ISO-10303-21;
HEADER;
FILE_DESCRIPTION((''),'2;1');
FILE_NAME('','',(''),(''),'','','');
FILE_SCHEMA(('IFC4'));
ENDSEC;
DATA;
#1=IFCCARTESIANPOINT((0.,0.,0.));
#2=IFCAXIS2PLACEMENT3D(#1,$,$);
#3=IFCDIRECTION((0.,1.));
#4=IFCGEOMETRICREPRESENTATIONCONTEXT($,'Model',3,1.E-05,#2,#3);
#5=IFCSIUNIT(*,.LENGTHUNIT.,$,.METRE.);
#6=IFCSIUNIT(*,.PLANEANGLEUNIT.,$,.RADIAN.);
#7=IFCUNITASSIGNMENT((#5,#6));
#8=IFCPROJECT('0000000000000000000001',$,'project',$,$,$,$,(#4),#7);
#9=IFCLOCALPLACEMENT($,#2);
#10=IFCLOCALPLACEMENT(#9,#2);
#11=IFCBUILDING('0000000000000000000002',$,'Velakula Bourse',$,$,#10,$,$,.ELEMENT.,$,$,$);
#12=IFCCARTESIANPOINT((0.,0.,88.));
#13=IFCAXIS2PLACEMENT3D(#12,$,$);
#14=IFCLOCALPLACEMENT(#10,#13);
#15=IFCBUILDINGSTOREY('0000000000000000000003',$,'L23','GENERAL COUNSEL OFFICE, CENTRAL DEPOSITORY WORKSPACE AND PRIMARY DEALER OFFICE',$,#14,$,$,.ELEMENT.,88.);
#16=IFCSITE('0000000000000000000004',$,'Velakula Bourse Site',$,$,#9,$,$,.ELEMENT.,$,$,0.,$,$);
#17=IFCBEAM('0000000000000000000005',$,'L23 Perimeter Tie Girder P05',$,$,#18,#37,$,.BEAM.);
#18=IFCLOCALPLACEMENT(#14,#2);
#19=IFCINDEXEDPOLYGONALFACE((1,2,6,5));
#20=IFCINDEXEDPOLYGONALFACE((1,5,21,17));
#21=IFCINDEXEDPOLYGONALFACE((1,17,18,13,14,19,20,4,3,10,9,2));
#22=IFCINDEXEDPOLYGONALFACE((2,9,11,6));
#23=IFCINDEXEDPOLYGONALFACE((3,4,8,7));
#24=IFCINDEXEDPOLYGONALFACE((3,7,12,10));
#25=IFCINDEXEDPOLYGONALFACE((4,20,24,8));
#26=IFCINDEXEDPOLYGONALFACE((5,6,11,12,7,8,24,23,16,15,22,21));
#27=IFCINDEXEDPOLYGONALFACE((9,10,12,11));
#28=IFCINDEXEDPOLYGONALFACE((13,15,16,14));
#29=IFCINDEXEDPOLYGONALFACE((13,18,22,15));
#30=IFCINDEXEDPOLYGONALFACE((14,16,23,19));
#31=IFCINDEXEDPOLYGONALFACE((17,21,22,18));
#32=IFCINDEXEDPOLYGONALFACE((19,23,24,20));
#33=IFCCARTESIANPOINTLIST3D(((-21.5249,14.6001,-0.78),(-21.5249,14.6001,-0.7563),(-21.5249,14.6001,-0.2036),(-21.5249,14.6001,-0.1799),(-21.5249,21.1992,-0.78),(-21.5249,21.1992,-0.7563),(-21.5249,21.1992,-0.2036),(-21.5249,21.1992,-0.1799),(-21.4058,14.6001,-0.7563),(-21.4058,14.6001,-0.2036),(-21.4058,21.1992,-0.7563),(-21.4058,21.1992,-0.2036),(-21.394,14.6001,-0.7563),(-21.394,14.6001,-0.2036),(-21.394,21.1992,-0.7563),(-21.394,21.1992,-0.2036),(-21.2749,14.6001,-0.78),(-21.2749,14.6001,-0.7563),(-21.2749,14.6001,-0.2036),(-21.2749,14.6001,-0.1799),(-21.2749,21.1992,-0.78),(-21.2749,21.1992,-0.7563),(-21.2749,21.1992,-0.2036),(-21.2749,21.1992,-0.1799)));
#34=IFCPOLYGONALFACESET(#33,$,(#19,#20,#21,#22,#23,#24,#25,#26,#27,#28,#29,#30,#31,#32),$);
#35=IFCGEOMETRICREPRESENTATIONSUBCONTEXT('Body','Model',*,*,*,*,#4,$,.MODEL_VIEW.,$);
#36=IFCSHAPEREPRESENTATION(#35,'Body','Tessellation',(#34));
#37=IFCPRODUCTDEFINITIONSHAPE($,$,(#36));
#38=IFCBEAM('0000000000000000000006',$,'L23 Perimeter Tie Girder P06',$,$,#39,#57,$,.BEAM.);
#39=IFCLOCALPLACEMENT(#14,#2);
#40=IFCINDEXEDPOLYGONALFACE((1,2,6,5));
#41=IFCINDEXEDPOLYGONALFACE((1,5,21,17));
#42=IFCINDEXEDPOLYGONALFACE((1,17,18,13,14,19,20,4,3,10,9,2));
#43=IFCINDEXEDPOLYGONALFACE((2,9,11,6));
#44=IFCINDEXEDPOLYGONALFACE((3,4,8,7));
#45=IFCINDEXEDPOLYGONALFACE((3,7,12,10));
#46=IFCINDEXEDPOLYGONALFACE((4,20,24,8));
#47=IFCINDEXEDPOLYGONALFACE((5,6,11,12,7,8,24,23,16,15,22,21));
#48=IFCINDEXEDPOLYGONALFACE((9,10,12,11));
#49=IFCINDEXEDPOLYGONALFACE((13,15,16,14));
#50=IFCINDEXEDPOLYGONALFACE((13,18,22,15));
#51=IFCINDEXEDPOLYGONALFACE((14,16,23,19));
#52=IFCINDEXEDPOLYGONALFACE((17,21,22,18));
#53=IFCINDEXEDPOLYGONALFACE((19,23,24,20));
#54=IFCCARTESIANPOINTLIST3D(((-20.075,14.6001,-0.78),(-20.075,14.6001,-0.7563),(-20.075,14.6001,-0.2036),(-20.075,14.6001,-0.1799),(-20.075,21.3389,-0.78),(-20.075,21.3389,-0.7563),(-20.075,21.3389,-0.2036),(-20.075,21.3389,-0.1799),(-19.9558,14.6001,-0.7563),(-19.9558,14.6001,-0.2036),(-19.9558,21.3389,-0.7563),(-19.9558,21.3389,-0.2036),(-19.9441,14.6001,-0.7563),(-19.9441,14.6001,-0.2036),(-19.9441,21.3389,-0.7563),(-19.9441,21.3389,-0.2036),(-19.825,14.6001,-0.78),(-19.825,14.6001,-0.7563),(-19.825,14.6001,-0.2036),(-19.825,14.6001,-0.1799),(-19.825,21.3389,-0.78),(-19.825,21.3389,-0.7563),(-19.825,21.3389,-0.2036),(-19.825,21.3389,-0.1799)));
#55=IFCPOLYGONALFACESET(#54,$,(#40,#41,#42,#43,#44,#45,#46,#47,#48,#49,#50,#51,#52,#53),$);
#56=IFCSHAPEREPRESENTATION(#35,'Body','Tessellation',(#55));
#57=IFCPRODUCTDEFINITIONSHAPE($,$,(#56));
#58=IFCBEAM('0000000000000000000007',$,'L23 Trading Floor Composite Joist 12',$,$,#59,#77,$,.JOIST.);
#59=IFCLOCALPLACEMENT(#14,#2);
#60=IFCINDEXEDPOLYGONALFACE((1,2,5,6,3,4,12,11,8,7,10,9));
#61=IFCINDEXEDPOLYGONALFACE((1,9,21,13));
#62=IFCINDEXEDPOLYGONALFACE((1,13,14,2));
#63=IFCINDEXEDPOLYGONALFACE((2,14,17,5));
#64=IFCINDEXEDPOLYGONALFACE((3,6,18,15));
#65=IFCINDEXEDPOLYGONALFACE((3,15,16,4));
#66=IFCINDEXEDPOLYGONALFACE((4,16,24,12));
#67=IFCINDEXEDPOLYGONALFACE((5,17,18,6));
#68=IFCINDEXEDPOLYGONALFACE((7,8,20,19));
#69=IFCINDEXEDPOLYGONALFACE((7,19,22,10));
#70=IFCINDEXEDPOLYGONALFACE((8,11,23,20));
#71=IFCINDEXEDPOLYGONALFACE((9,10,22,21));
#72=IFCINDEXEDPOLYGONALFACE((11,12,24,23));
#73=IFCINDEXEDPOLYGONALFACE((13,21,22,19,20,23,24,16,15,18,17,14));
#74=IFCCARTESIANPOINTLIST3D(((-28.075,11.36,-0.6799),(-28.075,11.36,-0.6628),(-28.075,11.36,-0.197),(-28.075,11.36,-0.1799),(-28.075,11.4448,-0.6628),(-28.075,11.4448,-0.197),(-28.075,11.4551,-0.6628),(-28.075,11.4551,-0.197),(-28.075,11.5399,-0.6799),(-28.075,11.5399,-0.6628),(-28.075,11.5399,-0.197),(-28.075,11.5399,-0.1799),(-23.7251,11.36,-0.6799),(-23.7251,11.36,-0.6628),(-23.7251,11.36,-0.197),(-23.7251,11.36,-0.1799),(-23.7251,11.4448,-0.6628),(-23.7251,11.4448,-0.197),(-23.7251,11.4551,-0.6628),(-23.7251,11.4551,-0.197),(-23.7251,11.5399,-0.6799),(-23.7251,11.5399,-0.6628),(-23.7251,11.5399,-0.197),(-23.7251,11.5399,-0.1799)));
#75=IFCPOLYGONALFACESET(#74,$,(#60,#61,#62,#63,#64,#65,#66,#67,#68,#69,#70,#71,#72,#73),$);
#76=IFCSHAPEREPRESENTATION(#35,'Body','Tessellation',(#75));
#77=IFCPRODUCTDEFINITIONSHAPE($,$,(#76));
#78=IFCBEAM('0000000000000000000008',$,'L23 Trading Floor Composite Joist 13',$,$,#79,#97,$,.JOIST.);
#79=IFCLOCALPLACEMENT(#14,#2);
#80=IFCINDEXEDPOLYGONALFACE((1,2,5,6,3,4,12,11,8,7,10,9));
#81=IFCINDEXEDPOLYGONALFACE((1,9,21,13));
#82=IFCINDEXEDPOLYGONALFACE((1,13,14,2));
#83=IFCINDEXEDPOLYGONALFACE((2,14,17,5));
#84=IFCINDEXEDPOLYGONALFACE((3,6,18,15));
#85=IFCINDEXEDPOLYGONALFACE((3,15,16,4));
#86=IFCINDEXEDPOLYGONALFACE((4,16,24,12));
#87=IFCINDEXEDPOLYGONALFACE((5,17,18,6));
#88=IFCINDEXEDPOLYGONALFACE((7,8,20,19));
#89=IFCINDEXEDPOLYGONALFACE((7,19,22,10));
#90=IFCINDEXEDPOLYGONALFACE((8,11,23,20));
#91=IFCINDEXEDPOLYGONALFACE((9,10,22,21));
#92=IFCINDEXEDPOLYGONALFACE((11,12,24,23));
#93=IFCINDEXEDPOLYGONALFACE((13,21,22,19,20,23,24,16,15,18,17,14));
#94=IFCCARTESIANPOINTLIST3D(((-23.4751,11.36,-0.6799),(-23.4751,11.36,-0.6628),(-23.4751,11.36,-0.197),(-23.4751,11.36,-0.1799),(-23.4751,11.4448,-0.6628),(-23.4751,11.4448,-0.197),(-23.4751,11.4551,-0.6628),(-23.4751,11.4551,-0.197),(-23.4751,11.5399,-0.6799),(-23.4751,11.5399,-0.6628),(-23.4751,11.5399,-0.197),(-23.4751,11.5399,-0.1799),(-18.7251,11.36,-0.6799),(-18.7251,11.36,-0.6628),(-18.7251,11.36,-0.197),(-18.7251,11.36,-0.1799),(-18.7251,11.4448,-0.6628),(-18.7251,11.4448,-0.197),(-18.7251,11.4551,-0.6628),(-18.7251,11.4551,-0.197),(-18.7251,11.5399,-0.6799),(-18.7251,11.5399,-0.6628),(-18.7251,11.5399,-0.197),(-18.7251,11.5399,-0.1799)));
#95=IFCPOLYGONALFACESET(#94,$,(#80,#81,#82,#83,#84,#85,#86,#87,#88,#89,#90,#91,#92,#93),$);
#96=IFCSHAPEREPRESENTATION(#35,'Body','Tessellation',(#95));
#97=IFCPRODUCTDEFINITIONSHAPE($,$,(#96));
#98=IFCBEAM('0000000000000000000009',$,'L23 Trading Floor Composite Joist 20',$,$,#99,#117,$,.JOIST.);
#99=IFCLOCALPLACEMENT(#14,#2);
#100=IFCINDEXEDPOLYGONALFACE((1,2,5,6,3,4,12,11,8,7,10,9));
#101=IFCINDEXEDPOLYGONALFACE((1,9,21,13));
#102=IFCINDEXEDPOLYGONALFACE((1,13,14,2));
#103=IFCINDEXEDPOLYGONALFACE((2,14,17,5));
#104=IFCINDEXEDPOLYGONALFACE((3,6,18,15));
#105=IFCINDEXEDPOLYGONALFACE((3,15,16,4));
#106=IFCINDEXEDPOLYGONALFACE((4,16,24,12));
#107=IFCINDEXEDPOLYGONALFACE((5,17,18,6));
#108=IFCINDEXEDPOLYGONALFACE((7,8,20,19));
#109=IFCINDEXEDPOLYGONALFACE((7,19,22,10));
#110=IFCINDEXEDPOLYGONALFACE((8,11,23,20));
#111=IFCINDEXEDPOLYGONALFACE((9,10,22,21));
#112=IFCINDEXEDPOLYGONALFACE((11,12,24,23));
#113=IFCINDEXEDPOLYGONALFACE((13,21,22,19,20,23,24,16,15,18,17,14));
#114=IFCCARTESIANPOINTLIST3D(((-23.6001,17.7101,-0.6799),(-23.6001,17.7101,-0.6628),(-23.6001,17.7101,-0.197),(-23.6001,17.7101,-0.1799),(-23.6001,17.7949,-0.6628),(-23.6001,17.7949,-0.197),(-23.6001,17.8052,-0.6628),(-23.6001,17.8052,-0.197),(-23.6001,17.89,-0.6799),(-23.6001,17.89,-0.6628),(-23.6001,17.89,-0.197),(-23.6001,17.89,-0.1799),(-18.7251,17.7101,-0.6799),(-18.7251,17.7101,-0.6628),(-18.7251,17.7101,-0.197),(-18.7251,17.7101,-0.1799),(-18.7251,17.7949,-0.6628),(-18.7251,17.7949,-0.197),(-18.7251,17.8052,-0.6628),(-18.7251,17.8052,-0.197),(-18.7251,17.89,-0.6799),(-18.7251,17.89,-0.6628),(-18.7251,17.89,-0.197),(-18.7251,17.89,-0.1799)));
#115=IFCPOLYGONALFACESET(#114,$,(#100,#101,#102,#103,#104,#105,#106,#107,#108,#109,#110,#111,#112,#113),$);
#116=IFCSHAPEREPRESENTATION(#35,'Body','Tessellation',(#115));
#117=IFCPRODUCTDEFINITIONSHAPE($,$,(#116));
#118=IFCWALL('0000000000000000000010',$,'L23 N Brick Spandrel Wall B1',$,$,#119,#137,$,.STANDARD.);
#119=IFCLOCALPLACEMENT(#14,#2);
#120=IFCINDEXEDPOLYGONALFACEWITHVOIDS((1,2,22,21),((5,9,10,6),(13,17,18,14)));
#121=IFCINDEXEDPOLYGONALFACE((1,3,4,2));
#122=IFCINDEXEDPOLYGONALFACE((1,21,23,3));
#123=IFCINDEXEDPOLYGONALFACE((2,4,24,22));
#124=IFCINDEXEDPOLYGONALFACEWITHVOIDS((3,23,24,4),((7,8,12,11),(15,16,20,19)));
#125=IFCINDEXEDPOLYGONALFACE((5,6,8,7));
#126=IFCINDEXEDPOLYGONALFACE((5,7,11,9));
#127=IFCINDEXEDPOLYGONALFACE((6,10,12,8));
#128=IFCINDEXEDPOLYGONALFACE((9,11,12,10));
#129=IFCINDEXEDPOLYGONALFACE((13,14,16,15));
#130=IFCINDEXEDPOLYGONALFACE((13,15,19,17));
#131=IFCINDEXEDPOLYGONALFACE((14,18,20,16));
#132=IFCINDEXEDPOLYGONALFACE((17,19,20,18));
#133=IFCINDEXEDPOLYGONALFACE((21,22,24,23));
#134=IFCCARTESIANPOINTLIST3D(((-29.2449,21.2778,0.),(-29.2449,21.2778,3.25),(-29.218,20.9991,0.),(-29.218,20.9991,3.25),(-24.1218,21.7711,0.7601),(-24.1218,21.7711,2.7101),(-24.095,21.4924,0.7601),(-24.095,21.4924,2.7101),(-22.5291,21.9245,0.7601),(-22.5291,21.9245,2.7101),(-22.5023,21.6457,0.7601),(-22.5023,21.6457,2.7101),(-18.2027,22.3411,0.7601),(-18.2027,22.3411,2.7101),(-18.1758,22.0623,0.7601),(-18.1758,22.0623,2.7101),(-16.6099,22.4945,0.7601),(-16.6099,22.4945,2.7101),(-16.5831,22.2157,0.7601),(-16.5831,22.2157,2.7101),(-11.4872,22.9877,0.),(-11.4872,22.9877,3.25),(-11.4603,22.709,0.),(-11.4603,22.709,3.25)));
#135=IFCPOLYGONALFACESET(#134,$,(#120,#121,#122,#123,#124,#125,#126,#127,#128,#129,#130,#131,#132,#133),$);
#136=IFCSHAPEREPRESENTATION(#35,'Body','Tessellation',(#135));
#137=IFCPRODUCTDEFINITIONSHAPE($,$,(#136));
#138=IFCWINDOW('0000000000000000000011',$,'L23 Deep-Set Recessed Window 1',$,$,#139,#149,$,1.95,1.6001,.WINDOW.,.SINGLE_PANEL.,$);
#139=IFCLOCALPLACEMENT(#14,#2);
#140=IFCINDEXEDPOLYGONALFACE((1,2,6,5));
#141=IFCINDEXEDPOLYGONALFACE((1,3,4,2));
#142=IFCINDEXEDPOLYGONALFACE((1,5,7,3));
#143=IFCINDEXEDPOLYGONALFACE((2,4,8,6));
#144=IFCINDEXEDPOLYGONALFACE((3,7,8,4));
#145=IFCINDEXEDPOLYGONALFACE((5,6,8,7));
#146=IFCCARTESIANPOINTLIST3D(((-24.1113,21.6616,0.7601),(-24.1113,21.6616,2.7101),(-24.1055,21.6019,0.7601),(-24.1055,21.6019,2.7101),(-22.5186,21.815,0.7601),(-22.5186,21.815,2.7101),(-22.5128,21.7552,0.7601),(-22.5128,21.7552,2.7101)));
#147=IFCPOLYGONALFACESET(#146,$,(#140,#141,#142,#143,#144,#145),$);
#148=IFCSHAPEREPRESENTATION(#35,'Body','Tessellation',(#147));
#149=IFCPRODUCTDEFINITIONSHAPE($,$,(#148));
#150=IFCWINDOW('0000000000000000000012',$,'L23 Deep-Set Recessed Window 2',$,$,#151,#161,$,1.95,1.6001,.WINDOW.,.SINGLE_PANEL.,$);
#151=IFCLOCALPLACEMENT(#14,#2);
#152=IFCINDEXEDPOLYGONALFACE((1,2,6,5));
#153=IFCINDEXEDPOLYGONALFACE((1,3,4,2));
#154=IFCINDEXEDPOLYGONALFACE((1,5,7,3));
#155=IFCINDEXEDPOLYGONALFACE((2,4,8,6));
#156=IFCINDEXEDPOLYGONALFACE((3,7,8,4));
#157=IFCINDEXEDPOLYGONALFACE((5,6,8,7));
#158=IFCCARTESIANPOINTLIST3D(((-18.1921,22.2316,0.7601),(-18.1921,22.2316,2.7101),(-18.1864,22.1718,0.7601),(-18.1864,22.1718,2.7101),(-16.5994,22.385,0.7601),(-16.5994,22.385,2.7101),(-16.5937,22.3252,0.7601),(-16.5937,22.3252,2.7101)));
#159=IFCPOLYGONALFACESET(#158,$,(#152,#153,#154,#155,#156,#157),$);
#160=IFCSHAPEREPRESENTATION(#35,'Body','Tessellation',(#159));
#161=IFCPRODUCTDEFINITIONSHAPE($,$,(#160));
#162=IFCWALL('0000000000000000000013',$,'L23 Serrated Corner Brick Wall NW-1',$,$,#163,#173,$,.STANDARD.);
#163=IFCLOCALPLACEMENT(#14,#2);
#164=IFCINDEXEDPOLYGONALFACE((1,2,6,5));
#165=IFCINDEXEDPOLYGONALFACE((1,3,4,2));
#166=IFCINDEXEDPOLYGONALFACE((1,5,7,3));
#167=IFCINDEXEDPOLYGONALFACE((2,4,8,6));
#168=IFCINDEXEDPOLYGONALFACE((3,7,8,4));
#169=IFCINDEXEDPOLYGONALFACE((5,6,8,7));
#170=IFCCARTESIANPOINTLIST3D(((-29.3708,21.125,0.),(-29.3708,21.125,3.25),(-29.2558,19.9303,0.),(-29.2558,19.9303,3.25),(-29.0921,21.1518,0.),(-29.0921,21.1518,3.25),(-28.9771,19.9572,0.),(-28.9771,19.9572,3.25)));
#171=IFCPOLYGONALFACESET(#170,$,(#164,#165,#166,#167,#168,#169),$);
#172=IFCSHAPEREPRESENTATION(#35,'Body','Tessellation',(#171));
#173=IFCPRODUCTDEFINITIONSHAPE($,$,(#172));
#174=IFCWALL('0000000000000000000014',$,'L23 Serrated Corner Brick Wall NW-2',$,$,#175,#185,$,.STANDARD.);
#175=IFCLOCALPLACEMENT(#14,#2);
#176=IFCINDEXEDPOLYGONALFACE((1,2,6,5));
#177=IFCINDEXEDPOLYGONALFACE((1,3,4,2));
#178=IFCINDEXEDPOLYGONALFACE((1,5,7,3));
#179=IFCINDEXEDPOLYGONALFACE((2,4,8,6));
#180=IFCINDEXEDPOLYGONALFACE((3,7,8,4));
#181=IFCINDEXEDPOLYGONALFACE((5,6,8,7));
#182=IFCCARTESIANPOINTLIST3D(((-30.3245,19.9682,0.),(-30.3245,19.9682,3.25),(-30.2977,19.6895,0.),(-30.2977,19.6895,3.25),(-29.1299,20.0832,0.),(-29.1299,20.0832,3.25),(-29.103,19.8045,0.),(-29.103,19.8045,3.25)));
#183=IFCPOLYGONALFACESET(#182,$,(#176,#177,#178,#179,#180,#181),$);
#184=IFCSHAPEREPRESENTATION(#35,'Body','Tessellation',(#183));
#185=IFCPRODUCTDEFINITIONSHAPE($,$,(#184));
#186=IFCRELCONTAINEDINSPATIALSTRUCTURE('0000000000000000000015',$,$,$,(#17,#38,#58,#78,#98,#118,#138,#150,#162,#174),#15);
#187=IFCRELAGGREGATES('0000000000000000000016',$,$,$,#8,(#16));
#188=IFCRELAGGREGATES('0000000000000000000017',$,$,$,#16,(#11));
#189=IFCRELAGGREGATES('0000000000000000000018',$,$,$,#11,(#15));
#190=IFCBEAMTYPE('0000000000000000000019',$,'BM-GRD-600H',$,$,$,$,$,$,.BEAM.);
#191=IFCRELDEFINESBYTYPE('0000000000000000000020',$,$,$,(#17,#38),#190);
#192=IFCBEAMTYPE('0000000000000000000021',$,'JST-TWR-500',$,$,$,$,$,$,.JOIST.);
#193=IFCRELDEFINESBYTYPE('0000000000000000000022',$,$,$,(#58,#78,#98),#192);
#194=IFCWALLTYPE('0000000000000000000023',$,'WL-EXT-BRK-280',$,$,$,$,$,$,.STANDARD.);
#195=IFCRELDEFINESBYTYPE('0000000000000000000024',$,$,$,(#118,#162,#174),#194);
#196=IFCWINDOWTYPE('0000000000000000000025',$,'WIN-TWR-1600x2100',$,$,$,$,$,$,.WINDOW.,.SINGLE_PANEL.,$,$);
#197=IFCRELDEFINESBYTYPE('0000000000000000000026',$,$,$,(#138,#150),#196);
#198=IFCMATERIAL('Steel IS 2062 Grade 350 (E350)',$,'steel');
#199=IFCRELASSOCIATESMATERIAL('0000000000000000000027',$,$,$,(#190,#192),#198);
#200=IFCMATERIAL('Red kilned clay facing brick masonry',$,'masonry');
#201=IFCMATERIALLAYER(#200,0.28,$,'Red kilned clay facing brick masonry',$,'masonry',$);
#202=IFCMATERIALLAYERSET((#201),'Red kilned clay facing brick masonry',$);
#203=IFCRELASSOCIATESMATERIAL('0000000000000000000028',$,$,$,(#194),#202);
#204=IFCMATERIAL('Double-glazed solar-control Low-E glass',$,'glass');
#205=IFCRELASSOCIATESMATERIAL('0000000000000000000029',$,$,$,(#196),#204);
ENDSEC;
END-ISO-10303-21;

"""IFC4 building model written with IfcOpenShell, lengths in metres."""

from ifc_helpers import new_model, si_unit, direction, frame, frame_2d, origin, origin_2d, place, context, subcontext, project, spatial, rectangle, i_section, extrude, material, layer, layer_set, material_profile, profile_set, type_object, element, fill, save


model = new_model("IFC4")

# Units and contexts
model_context = context("Model", 3, precision=1e-05, world=origin(), true_north=direction((0.0, 1.0)))
body_context = subcontext(model_context, "Body", "Model", "MODEL_VIEW")
ifc_project = project(units=[si_unit("LENGTHUNIT", "METRE"), si_unit("PLANEANGLEUNIT", "RADIAN")], contexts=[model_context])

# Site, building, storey
site_placement = place(None, origin())
site = spatial("IfcSite", under=ifc_project, at=site_placement, Name="Velakula Bourse Site", CompositionType="ELEMENT", RefElevation=0.0)
building_placement = place(site_placement, origin())
building = spatial("IfcBuilding", under=site, at=building_placement, Name="Velakula Bourse", CompositionType="ELEMENT")
storey_placement = place(building_placement, frame((0.0, 0.0, 88.0)))
storey = spatial("IfcBuildingStorey", under=building, at=storey_placement, Name="L23", Description="GENERAL COUNSEL OFFICE, CENTRAL DEPOSITORY WORKSPACE AND PRIMARY DEALER OFFICE", CompositionType="ELEMENT", Elevation=88.0)

# Beams
ifc_material_1 = material(Name="Steel IS 2062 Grade 350 (E350)", Category="steel")
ifc_material_profile_1 = material_profile(ifc_material_1, i_section(OverallWidth=0.25, OverallDepth=0.6001, WebThickness=0.0117, FlangeThickness=0.0237, at=origin_2d()), Name="Steel IS 2062 Grade 350 (E350)")
ifc_profile_set_1 = profile_set([ifc_material_profile_1], Name="Steel IS 2062 Grade 350 (E350)")
beam_type_1 = type_object("IfcBeamType", Name="BM-GRD-600H", PredefinedType="BEAM", material=ifc_profile_set_1)
beam_1_placement = place(storey_placement, frame((-21.3999, 14.6001, -0.48), z_axis=(0.0, 1.0, 0.0), x_axis=(-1.0, 0.0, 0.0)))
element("IfcBeam", 1, at=beam_1_placement, inside=storey, type_object=beam_type_1, Name="L23 Perimeter Tie Girder P05", PredefinedType="BEAM", context=body_context, shape_type="SweptSolid", body=[
    extrude(i_section(OverallWidth=0.25, OverallDepth=0.6001, WebThickness=0.0117, FlangeThickness=0.0237, at=origin_2d()), origin(), (0.0, 0.0, 1.0), 6.5991),
])
beam_2_placement = place(storey_placement, frame((-19.95, 14.6001, -0.48), z_axis=(0.0, 1.0, 0.0), x_axis=(-1.0, 0.0, 0.0)))
element("IfcBeam", 2, at=beam_2_placement, inside=storey, type_object=beam_type_1, Name="L23 Perimeter Tie Girder P06", PredefinedType="BEAM", context=body_context, shape_type="SweptSolid", body=[
    extrude(i_section(OverallWidth=0.25, OverallDepth=0.6001, WebThickness=0.0117, FlangeThickness=0.0237, at=origin_2d()), origin(), (0.0, 0.0, 1.0), 6.7388),
])
ifc_material_profile_2 = material_profile(ifc_material_1, i_section(OverallWidth=0.1799, OverallDepth=0.5, WebThickness=0.0103, FlangeThickness=0.0171, at=origin_2d()), Name="Steel IS 2062 Grade 350 (E350)")
ifc_profile_set_2 = profile_set([ifc_material_profile_2], Name="Steel IS 2062 Grade 350 (E350)")
beam_type_2 = type_object("IfcBeamType", Name="JST-TWR-500", PredefinedType="JOIST", material=ifc_profile_set_2)
beam_3_placement = place(storey_placement, frame((-28.075, 11.45, -0.4299), z_axis=(1.0, 0.0, 0.0), x_axis=(0.0, 1.0, 0.0)))
element("IfcBeam", 3, at=beam_3_placement, inside=storey, type_object=beam_type_2, Name="L23 Trading Floor Composite Joist 12", PredefinedType="JOIST", context=body_context, shape_type="SweptSolid", body=[
    extrude(i_section(OverallWidth=0.1799, OverallDepth=0.5, WebThickness=0.0103, FlangeThickness=0.0171, at=origin_2d()), origin(), (0.0, 0.0, 1.0), 4.3499),
])
beam_4_placement = place(storey_placement, frame((-23.4751, 11.45, -0.4299), z_axis=(1.0, 0.0, 0.0), x_axis=(0.0, 1.0, 0.0)))
element("IfcBeam", 4, at=beam_4_placement, inside=storey, type_object=beam_type_2, Name="L23 Trading Floor Composite Joist 13", PredefinedType="JOIST", context=body_context, shape_type="SweptSolid", body=[
    extrude(i_section(OverallWidth=0.1799, OverallDepth=0.5, WebThickness=0.0103, FlangeThickness=0.0171, at=origin_2d()), origin(), (0.0, 0.0, 1.0), 4.75),
])
beam_5_placement = place(storey_placement, frame((-23.6001, 17.8, -0.4299), z_axis=(1.0, 0.0, 0.0), x_axis=(0.0, 1.0, 0.0)))
element("IfcBeam", 5, at=beam_5_placement, inside=storey, type_object=beam_type_2, Name="L23 Trading Floor Composite Joist 20", PredefinedType="JOIST", context=body_context, shape_type="SweptSolid", body=[
    extrude(i_section(OverallWidth=0.1799, OverallDepth=0.5, WebThickness=0.0103, FlangeThickness=0.0171, at=origin_2d()), origin(), (0.0, 0.0, 1.0), 4.875),
])

# Wall, openings, windows
ifc_material_2 = material(Name="Red kilned clay facing brick masonry", Category="masonry")
ifc_layer_1 = layer(ifc_material_2, 0.28, Name="Red kilned clay facing brick masonry", Category="masonry")
ifc_layer_set_1 = layer_set([ifc_layer_1], Name="Red kilned clay facing brick masonry")
wall_type_1 = type_object("IfcWallType", Name="WL-EXT-BRK-280", PredefinedType="STANDARD", material=ifc_layer_set_1)
wall_1_placement = place(storey_placement, frame((-29.2314, 21.1384, 0.0), z_axis=(0.0, 0.0, 1.0), x_axis=(0.995396, 0.09585, 0.0)))
wall_1 = element("IfcWall", 6, at=wall_1_placement, inside=storey, type_object=wall_type_1, Name="L23 N Brick Spandrel Wall B1", PredefinedType="STANDARD", context=body_context, shape_type="SweptSolid", body=[
    extrude(rectangle(XDim=17.8398, YDim=0.28, at=frame_2d((8.9199, 0.0))), origin(), (0.0, 0.0, 1.0), 3.25),
])
opening_1_placement = place(wall_1_placement, frame((5.1467, 0.0, 0.76)))
opening_1 = element("IfcOpeningElement", 7, at=opening_1_placement, cuts=wall_1, PredefinedType="OPENING", context=body_context, shape_type="SweptSolid", body=[
    extrude(rectangle(XDim=1.6001, YDim=1.95, at=frame_2d((0.8, 0.9751))), frame((0.0, 0.1499, 0.0), z_axis=(0.0, -1.0, 0.0), x_axis=(1.0, 0.0, 0.0)), (0.0, 0.0, 1.0), 0.3),
])
opening_2_placement = place(wall_1_placement, frame((11.0933, 0.0, 0.76)))
opening_2 = element("IfcOpeningElement", 8, at=opening_2_placement, cuts=wall_1, PredefinedType="OPENING", context=body_context, shape_type="SweptSolid", body=[
    extrude(rectangle(XDim=1.6001, YDim=1.95, at=frame_2d((0.8, 0.9751))), frame((0.0, 0.1499, 0.0), z_axis=(0.0, -1.0, 0.0), x_axis=(1.0, 0.0, 0.0)), (0.0, 0.0, 1.0), 0.3),
])
ifc_material_3 = material(Name="Double-glazed solar-control Low-E glass", Category="glass")
window_type = type_object("IfcWindowType", Name="WIN-TWR-1600x2100", PartitioningType="SINGLE_PANEL", PredefinedType="WINDOW", material=ifc_material_3)
window_1_placement = place(opening_1_placement, origin())
window_1 = element("IfcWindow", 9, at=window_1_placement, inside=storey, type_object=window_type, Name="L23 Deep-Set Recessed Window 1", OverallHeight=1.95, OverallWidth=1.6001, PartitioningType="SINGLE_PANEL", PredefinedType="WINDOW", context=body_context, shape_type="SweptSolid", body=[
    extrude(rectangle(XDim=1.6001, YDim=1.95, at=frame_2d((0.8, 0.9751))), frame((0.0, 0.03, 0.0), z_axis=(0.0, -1.0, 0.0), x_axis=(1.0, 0.0, 0.0)), (0.0, 0.0, 1.0), 0.0601),
])
fill(opening_1, window_1)
window_2_placement = place(opening_2_placement, origin())
window_2 = element("IfcWindow", 10, at=window_2_placement, inside=storey, type_object=window_type, Name="L23 Deep-Set Recessed Window 2", OverallHeight=1.95, OverallWidth=1.6001, PartitioningType="SINGLE_PANEL", PredefinedType="WINDOW", context=body_context, shape_type="SweptSolid", body=[
    extrude(rectangle(XDim=1.6001, YDim=1.95, at=frame_2d((0.8, 0.9751))), frame((0.0, 0.03, 0.0), z_axis=(0.0, -1.0, 0.0), x_axis=(1.0, 0.0, 0.0)), (0.0, 0.0, 1.0), 0.0601),
])
fill(opening_2, window_2)

# Walls
for number, where, z_axis, x_axis, name in (
    (11, (-29.2314, 21.1384, 0.0), (0.0, 0.0, 1.0), (0.095817, -0.995399, 0.0), "L23 Serrated Corner Brick Wall NW-1"),
    (12, (-29.1165, 19.9438, 0.0), (0.0, 0.0, 1.0), (-0.995399, -0.095817, 0.0), "L23 Serrated Corner Brick Wall NW-2"),
):
    element("IfcWall", number, at=place(storey_placement, frame(where, z_axis=z_axis, x_axis=x_axis)), inside=storey, type_object=wall_type_1, Name=name, PredefinedType="STANDARD", context=body_context, shape_type="SweptSolid", body=[
        extrude(rectangle(XDim=1.2002, YDim=0.28, at=frame_2d((0.6001, 0.0))), origin(), (0.0, 0.0, 1.0), 3.25),
    ])

save(model, "model.ifc")
